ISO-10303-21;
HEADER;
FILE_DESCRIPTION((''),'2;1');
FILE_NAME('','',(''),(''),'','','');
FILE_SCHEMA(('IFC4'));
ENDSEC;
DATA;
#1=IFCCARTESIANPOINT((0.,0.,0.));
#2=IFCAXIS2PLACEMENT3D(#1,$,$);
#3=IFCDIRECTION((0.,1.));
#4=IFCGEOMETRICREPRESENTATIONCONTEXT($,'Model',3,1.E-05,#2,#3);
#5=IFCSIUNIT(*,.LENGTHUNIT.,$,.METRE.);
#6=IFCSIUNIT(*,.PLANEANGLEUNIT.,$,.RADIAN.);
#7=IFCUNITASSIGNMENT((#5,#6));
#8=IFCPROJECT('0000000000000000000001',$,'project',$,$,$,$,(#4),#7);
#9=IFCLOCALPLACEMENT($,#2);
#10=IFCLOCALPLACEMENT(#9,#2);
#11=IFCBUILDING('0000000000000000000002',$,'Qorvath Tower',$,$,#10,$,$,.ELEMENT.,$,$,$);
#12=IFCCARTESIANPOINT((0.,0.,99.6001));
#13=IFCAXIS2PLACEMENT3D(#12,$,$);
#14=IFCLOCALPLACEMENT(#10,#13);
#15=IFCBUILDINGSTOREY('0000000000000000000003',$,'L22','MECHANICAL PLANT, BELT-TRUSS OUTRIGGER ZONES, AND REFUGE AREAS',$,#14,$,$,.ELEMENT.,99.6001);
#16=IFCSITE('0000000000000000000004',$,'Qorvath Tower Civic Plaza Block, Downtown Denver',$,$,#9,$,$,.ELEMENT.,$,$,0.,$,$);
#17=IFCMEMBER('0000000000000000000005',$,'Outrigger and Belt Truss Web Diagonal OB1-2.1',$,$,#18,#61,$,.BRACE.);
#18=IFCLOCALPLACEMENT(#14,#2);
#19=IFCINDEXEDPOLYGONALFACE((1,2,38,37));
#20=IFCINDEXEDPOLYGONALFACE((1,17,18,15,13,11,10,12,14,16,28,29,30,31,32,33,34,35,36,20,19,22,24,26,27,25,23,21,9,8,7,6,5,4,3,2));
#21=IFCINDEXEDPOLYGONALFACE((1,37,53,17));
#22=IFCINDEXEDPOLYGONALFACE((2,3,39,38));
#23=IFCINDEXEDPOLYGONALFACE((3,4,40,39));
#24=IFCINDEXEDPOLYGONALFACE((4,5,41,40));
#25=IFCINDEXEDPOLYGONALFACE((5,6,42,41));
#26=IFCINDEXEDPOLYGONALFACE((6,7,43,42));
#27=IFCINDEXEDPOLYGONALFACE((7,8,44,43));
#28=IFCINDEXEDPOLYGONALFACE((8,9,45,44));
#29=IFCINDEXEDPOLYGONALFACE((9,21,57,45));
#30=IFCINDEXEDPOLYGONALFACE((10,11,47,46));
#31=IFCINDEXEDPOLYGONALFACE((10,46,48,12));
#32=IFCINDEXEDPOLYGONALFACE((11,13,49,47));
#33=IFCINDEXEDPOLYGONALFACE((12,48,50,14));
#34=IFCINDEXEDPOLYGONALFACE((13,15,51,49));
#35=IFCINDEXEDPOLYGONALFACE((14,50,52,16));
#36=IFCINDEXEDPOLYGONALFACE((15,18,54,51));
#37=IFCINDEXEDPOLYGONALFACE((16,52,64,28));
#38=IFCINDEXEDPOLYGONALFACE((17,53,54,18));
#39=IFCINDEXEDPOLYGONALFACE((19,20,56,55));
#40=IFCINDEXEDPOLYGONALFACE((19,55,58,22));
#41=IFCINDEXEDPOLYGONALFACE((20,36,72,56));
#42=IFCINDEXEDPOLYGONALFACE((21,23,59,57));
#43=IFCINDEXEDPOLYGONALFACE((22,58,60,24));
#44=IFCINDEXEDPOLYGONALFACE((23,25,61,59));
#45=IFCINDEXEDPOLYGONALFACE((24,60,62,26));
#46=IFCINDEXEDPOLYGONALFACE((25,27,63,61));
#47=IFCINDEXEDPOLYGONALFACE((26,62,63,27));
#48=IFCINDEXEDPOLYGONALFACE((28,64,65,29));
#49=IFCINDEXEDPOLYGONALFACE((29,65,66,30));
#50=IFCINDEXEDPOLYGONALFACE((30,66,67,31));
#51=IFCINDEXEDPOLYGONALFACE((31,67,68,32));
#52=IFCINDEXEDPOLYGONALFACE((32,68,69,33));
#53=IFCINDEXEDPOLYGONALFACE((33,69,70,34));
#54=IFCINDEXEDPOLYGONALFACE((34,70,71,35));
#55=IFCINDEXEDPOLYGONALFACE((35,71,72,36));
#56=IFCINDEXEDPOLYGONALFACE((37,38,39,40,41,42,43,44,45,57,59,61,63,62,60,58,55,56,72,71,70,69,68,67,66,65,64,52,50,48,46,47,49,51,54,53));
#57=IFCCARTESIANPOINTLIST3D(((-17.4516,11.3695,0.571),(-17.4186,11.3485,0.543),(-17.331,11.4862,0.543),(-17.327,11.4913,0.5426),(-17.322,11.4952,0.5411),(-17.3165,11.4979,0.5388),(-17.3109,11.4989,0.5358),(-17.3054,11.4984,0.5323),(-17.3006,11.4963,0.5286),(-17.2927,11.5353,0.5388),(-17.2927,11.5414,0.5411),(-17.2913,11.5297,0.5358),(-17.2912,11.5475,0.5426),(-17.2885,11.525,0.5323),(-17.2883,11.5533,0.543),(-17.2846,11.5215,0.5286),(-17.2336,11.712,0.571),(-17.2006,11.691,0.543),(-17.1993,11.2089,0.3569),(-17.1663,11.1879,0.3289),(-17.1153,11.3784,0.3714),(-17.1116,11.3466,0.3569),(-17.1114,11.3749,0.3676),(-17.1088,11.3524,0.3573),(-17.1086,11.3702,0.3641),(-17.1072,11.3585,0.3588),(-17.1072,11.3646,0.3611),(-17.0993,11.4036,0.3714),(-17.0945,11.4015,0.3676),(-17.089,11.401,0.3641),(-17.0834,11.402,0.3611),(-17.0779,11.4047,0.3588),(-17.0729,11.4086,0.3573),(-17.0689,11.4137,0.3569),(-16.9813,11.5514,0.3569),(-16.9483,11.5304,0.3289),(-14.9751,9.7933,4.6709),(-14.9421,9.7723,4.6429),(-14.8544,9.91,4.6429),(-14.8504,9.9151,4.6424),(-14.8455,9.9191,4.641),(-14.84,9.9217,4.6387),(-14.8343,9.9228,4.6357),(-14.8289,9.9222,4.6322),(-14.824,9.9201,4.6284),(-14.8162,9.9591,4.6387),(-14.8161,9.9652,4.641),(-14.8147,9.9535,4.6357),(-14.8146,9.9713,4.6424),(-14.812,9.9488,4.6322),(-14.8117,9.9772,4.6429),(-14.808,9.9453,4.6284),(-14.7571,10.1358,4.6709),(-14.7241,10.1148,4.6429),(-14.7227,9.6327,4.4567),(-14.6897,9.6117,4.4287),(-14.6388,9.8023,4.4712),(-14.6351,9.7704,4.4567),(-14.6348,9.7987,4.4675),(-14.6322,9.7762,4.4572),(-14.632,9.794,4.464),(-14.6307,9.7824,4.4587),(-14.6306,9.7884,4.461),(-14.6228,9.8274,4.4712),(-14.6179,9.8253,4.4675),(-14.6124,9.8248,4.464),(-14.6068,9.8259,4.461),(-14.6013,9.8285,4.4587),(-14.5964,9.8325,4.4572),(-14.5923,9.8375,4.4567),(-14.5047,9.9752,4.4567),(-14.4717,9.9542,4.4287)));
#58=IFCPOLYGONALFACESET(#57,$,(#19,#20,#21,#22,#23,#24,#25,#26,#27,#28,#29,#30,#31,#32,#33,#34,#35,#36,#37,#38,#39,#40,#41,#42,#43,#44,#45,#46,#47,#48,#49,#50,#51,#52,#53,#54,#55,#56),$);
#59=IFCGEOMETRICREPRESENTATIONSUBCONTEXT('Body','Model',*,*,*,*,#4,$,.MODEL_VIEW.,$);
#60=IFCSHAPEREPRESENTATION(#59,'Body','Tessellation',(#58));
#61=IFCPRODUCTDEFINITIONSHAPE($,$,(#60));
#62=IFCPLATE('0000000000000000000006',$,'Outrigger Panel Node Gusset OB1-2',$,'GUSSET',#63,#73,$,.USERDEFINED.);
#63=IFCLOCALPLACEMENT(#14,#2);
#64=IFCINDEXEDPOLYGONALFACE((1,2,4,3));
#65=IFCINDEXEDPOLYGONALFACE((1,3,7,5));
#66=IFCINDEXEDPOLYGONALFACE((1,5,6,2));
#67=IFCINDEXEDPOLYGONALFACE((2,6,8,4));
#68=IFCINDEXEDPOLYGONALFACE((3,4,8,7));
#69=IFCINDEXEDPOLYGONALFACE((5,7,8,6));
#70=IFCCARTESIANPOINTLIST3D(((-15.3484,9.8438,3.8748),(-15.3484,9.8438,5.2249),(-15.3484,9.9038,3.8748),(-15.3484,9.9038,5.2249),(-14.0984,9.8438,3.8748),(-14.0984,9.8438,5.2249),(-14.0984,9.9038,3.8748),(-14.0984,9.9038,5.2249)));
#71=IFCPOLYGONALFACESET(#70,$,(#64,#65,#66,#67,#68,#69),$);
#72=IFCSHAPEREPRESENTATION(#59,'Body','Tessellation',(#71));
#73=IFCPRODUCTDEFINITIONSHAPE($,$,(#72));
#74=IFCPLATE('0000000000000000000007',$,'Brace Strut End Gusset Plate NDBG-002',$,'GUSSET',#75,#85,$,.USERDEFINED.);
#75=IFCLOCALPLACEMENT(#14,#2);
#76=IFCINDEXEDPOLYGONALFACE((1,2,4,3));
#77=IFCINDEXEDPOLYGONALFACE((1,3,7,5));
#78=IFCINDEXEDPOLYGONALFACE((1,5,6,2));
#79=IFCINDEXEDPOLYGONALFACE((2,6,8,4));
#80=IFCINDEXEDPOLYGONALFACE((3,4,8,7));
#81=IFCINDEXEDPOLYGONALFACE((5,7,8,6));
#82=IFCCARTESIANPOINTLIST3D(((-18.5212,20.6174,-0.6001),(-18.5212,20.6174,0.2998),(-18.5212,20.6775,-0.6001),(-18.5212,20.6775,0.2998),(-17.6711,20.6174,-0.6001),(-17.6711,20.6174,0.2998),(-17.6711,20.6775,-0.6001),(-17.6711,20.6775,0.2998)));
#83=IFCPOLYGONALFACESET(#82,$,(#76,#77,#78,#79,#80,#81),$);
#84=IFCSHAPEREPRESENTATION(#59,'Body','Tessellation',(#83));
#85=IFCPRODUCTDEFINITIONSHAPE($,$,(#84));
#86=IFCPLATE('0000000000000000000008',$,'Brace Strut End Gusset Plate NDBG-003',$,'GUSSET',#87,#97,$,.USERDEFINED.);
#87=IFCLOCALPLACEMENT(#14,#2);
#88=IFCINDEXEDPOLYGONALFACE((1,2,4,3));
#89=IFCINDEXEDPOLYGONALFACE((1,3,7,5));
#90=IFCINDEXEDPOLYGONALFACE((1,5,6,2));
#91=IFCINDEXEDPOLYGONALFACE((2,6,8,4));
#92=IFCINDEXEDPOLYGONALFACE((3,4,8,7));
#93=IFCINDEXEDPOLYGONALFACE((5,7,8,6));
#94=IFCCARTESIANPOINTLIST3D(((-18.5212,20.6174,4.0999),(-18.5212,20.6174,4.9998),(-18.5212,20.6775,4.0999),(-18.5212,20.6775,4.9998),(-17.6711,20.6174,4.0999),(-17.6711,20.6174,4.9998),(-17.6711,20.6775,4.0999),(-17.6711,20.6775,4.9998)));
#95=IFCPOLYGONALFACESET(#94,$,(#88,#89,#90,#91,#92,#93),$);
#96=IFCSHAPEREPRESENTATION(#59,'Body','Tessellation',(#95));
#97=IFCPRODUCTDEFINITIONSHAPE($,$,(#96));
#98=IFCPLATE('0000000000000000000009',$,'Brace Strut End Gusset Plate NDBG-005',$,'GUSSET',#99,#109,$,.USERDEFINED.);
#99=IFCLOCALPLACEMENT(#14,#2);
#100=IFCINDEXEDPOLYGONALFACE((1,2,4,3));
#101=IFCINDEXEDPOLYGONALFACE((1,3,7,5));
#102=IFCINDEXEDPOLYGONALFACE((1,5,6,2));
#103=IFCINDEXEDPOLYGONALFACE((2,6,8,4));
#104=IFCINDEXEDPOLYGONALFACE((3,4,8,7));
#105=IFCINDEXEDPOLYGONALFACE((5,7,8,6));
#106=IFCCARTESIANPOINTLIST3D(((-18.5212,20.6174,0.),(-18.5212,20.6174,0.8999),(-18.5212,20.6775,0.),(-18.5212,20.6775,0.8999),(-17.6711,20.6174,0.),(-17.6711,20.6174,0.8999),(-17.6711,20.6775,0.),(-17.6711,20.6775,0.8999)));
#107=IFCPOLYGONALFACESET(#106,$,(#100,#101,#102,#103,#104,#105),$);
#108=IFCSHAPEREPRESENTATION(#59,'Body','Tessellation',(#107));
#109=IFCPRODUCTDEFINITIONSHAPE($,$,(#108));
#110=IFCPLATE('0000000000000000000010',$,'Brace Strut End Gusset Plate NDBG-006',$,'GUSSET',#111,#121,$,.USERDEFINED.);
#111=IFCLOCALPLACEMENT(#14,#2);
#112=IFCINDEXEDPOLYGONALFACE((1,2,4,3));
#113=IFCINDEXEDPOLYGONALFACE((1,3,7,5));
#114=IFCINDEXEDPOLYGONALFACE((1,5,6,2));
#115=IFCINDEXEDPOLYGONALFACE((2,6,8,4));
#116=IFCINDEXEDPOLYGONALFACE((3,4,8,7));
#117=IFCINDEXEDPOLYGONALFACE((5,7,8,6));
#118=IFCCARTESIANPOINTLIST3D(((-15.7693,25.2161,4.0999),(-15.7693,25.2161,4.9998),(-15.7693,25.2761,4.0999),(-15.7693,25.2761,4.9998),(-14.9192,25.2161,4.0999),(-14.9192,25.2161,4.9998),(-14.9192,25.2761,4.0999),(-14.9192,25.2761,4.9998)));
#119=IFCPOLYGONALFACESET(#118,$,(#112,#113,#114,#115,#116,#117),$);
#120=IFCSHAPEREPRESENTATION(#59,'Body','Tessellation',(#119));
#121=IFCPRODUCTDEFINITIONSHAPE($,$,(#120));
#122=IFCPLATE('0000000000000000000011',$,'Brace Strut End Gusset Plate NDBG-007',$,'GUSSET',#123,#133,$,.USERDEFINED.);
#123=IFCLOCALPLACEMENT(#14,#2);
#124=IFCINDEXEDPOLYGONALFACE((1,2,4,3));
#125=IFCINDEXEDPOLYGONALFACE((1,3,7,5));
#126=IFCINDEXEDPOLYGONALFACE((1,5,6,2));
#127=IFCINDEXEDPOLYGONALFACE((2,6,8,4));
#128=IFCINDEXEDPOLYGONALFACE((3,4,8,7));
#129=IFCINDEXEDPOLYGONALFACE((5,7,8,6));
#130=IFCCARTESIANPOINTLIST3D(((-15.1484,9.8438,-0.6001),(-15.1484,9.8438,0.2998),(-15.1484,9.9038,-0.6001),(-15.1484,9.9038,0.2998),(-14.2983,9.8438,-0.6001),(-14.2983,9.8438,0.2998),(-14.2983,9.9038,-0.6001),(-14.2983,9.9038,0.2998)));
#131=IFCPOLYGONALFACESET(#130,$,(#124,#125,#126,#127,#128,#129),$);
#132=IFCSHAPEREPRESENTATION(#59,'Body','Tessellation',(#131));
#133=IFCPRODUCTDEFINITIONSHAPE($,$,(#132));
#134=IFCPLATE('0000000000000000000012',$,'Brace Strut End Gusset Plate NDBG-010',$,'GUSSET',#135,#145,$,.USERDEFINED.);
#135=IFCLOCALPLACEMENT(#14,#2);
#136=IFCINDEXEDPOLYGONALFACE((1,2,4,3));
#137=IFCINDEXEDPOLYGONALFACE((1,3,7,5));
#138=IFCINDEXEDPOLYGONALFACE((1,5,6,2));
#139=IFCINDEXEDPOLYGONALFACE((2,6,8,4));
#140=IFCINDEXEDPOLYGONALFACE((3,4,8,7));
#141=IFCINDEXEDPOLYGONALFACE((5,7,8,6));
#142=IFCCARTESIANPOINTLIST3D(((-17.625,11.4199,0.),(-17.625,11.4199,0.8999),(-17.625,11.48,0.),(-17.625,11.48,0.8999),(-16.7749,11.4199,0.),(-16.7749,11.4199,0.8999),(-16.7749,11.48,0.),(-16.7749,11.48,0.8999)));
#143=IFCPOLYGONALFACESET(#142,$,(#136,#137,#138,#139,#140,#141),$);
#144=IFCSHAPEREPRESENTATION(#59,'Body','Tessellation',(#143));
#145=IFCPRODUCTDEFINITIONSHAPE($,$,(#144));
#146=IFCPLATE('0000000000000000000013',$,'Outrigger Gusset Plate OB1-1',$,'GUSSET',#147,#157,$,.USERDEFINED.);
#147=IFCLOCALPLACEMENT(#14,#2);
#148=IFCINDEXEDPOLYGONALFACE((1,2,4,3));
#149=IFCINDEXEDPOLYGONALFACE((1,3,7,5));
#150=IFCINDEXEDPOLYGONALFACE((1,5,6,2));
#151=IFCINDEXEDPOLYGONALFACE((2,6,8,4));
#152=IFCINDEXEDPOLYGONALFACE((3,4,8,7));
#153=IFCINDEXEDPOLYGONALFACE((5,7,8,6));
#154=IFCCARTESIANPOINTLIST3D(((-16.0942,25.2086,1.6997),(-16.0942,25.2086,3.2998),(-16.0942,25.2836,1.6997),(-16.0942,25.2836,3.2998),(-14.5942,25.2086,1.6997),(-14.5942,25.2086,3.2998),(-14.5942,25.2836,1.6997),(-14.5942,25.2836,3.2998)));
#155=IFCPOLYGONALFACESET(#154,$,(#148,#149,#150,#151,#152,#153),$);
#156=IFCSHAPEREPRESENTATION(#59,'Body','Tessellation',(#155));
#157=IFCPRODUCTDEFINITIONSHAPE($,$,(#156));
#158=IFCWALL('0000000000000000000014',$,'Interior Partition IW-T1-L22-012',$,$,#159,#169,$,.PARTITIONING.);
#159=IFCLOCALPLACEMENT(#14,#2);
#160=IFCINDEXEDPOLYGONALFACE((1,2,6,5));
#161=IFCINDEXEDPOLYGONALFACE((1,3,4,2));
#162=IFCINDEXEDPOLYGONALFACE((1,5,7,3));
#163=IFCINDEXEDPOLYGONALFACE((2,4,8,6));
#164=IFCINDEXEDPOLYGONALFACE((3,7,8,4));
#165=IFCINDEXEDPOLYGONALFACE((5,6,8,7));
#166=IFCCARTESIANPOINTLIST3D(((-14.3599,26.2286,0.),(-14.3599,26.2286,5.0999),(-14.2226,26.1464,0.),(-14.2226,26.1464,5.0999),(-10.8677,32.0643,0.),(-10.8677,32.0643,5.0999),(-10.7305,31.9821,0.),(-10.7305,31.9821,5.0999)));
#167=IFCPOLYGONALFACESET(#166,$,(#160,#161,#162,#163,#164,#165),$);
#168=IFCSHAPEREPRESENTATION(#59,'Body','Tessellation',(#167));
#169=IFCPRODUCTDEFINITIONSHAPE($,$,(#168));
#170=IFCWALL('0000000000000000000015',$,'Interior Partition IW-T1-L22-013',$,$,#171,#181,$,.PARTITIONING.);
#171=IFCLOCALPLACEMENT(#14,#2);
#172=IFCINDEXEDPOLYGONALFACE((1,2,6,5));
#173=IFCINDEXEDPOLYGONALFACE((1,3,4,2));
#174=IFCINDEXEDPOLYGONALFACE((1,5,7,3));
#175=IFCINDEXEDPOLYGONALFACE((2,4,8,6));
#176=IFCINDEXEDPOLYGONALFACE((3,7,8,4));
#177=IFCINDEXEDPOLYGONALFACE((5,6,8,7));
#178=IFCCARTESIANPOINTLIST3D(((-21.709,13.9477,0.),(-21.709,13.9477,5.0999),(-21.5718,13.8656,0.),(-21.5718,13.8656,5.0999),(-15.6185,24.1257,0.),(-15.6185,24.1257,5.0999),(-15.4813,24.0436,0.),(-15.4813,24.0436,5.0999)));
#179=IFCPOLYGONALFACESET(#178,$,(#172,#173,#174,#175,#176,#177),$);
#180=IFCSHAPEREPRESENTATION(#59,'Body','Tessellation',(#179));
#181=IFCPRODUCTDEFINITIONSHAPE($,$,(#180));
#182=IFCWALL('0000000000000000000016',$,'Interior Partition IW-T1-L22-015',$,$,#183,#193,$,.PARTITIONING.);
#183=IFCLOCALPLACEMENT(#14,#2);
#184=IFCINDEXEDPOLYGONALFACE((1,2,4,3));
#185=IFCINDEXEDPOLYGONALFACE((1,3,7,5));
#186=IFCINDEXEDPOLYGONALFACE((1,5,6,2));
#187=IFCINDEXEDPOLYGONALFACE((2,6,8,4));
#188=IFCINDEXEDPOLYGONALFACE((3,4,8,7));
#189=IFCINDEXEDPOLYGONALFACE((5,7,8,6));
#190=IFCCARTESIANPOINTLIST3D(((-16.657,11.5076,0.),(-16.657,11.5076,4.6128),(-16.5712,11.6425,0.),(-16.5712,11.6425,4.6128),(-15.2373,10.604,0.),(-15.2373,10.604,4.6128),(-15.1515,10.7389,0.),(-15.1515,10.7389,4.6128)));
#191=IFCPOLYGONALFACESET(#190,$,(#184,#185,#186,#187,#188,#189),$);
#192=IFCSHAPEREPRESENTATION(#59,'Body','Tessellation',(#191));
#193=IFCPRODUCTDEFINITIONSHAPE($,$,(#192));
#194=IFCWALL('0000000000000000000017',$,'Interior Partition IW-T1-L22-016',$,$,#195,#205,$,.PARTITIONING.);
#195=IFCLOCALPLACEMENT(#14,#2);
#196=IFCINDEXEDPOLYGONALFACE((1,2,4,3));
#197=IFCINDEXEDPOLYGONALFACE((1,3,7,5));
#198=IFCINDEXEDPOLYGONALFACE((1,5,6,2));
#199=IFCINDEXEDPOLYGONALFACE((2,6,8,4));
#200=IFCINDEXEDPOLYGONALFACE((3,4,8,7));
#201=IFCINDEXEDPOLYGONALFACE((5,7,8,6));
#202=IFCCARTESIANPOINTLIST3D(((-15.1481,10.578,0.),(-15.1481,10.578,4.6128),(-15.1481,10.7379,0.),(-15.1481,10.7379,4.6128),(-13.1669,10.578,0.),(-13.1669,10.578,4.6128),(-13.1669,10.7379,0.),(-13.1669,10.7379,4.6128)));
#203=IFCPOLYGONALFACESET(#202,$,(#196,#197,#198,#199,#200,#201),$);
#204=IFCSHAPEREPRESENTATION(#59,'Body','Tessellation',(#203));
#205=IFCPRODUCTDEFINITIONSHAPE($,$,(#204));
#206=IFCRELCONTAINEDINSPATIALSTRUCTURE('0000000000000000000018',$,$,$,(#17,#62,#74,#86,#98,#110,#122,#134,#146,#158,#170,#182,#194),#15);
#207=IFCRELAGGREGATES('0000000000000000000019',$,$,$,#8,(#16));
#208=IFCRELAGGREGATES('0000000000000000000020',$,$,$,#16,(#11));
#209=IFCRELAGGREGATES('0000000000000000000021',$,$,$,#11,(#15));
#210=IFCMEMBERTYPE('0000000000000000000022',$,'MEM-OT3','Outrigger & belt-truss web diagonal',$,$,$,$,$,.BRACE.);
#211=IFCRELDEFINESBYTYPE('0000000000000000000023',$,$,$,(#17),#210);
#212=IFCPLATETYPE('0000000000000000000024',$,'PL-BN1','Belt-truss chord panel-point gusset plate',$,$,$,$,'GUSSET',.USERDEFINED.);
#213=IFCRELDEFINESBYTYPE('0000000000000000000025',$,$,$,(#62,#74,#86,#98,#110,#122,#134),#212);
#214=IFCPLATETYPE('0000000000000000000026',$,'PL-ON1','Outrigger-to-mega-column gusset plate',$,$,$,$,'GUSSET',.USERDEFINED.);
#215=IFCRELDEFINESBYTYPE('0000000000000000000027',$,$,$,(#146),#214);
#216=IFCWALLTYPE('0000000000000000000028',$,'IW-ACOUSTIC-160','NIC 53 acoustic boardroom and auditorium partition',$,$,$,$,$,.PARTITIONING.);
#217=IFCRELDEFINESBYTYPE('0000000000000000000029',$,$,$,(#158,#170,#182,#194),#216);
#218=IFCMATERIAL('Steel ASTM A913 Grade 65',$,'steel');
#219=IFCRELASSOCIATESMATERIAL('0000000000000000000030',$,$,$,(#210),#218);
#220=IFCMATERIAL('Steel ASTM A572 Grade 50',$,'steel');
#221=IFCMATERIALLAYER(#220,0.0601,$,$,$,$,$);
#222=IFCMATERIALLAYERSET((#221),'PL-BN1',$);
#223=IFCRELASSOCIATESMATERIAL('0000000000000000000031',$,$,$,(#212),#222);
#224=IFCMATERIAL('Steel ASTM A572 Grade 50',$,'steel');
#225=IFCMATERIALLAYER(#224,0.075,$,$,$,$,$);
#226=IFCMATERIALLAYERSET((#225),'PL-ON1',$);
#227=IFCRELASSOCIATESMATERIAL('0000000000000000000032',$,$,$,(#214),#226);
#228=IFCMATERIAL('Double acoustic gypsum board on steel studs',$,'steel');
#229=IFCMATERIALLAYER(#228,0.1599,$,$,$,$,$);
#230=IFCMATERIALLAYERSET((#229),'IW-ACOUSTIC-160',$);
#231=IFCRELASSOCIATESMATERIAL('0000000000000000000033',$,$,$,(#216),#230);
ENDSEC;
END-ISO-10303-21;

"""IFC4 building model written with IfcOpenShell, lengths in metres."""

from ifc_helpers import new_model, si_unit, direction, frame, frame_2d, origin, origin_2d, place, context, subcontext, project, spatial, rectangle, i_section, extrude, material, layer, layer_set, material_profile, profile_set, type_object, element, save


model = new_model("IFC4")

# Units and contexts
model_context = context("Model", 3, precision=1e-05, world=origin(), true_north=direction((0.0, 1.0)))
body_context = subcontext(model_context, "Body", "Model", "MODEL_VIEW")
ifc_project = project(units=[si_unit("LENGTHUNIT", "METRE"), si_unit("PLANEANGLEUNIT", "RADIAN")], contexts=[model_context])

# Site, building, storey
site_placement = place(None, origin())
site = spatial("IfcSite", under=ifc_project, at=site_placement, Name="Qorvath Tower Civic Plaza Block, Downtown Denver", CompositionType="ELEMENT", RefElevation=0.0)
building_placement = place(site_placement, origin())
building = spatial("IfcBuilding", under=site, at=building_placement, Name="Qorvath Tower", CompositionType="ELEMENT")
storey_placement = place(building_placement, frame((0.0, 0.0, 99.6001)))
storey = spatial("IfcBuildingStorey", under=building, at=storey_placement, Name="L22", Description="MECHANICAL PLANT, BELT-TRUSS OUTRIGGER ZONES, AND REFUGE AREAS", CompositionType="ELEMENT", Elevation=99.6001)

# Member
ifc_material_1 = material(Name="Steel ASTM A913 Grade 65", Category="steel")
ifc_material_profile_1 = material_profile(ifc_material_1, i_section(OverallWidth=0.406, OverallDepth=0.416, WebThickness=0.0298, FlangeThickness=0.0481, FilletRadius=0.0249, at=origin_2d()), Name="W14x257")
ifc_profile_set_1 = profile_set([ifc_material_profile_1], Name="Steel ASTM A913 Grade 65")
member_type_1 = type_object("IfcMemberType", Name="MEM-OT3", Description="Outrigger & belt-truss web diagonal", PredefinedType="BRACE", material=ifc_profile_set_1)
member_1_placement = place(storey_placement, frame((-17.2, 11.45, 0.45), z_axis=(0.491141, -0.312579, 0.813065), x_axis=(0.536919, 0.843634, 0.0)))
element("IfcMember", 1, at=member_1_placement, inside=storey, type_object=member_type_1, Name="Outrigger and Belt Truss Web Diagonal OB1-2.1", PredefinedType="BRACE", context=body_context, shape_type="SweptSolid", body=[
    extrude(i_section(OverallWidth=0.406, OverallDepth=0.416, WebThickness=0.0298, FlangeThickness=0.0481, FilletRadius=0.0249, at=origin_2d()), origin(), (0.0, 0.0, 1.0), 5.0425),
])

# Plates
ifc_material_2 = material(Name="Steel ASTM A572 Grade 50", Category="steel")
ifc_layer_1 = layer(ifc_material_2, 0.0601)
ifc_layer_set_1 = layer_set([ifc_layer_1], Name="PL-BN1")
plate_type_1 = type_object("IfcPlateType", Name="PL-BN1", Description="Belt-truss chord panel-point gusset plate", ElementType="GUSSET", PredefinedType="USERDEFINED", material=ifc_layer_set_1)
plate_1_placement = place(storey_placement, frame((-14.7234, 9.8738, 3.8748), z_axis=(0.0, 0.0, 1.0), x_axis=(1.0, 0.0, 0.0)))
element("IfcPlate", 2, at=plate_1_placement, inside=storey, type_object=plate_type_1, Name="Outrigger Panel Node Gusset OB1-2", ObjectType="GUSSET", PredefinedType="USERDEFINED", context=body_context, shape_type="SweptSolid", body=[
    extrude(rectangle(XDim=1.25, YDim=0.0601, at=origin_2d()), origin(), (0.0, 0.0, 1.0), 1.3501),
])
for number, where, z_axis, x_axis, name in (
    (3, (-18.0962, 20.6475, -0.6001), (0.0, 0.0, 1.0), (1.0, 0.0, 0.0), "Brace Strut End Gusset Plate NDBG-002"),
    (4, (-18.0962, 20.6475, 4.0999), (0.0, 0.0, 1.0), (1.0, 0.0, 0.0), "Brace Strut End Gusset Plate NDBG-003"),
    (5, (-18.0962, 20.6475, 0.0), (0.0, 0.0, 1.0), (1.0, 0.0, 0.0), "Brace Strut End Gusset Plate NDBG-005"),
    (6, (-15.3442, 25.2461, 4.0999), (0.0, 0.0, 1.0), (1.0, 0.0, 0.0), "Brace Strut End Gusset Plate NDBG-006"),
    (7, (-14.7234, 9.8738, -0.6001), (0.0, 0.0, 1.0), (1.0, 0.0, 0.0), "Brace Strut End Gusset Plate NDBG-007"),
    (8, (-17.2, 11.45, 0.0), (0.0, 0.0, 1.0), (1.0, 0.0, 0.0), "Brace Strut End Gusset Plate NDBG-010"),
):
    element("IfcPlate", number, at=place(storey_placement, frame(where, z_axis=z_axis, x_axis=x_axis)), inside=storey, type_object=plate_type_1, Name=name, ObjectType="GUSSET", PredefinedType="USERDEFINED", context=body_context, shape_type="SweptSolid", body=[
        extrude(rectangle(XDim=0.8501, YDim=0.0601, at=origin_2d()), origin(), (0.0, 0.0, 1.0), 0.8999),
    ])
ifc_material_3 = material(Name="Steel ASTM A572 Grade 50", Category="steel")
ifc_layer_2 = layer(ifc_material_3, 0.075)
ifc_layer_set_2 = layer_set([ifc_layer_2], Name="PL-ON1")
plate_type_2 = type_object("IfcPlateType", Name="PL-ON1", Description="Outrigger-to-mega-column gusset plate", ElementType="GUSSET", PredefinedType="USERDEFINED", material=ifc_layer_set_2)
plate_2_placement = place(storey_placement, frame((-15.3442, 25.2461, 1.6997), z_axis=(0.0, 0.0, 1.0), x_axis=(1.0, 0.0, 0.0)))
element("IfcPlate", 9, at=plate_2_placement, inside=storey, type_object=plate_type_2, Name="Outrigger Gusset Plate OB1-1", ObjectType="GUSSET", PredefinedType="USERDEFINED", context=body_context, shape_type="SweptSolid", body=[
    extrude(rectangle(XDim=1.5, YDim=0.075, at=origin_2d()), origin(), (0.0, 0.0, 1.0), 1.6001),
])

# Walls
ifc_material_4 = material(Name="Double acoustic gypsum board on steel studs", Category="steel")
ifc_layer_3 = layer(ifc_material_4, 0.1599)
ifc_layer_set_3 = layer_set([ifc_layer_3], Name="IW-ACOUSTIC-160")
wall_type_1 = type_object("IfcWallType", Name="IW-ACOUSTIC-160", Description="NIC 53 acoustic boardroom and auditorium partition", PredefinedType="PARTITIONING", material=ifc_layer_set_3)
wall_1_placement = place(storey_placement, frame((-10.7991, 32.0232, 0.0), z_axis=(0.0, 0.0, 1.0), x_axis=(-0.513498, -0.858091, 0.0)))
element("IfcWall", 10, at=wall_1_placement, inside=storey, type_object=wall_type_1, Name="Interior Partition IW-T1-L22-012", PredefinedType="PARTITIONING", context=body_context, shape_type="SweptSolid", body=[
    extrude(rectangle(XDim=6.8008, YDim=0.1599, at=frame_2d((3.4004, 0.0))), origin(), (0.0, 0.0, 1.0), 5.0999),
])
wall_2_placement = place(storey_placement, frame((-15.5498, 24.0847, 0.0), z_axis=(0.0, 0.0, 1.0), x_axis=(-0.51349, -0.858095, 0.0)))
element("IfcWall", 11, at=wall_2_placement, inside=storey, type_object=wall_type_1, Name="Interior Partition IW-T1-L22-013", PredefinedType="PARTITIONING", context=body_context, shape_type="SweptSolid", body=[
    extrude(rectangle(XDim=11.8611, YDim=0.1599, at=frame_2d((5.9307, 0.0))), origin(), (0.0, 0.0, 1.0), 5.0999),
])
wall_3_placement = place(storey_placement, frame((-16.614, 11.575, 0.0), z_axis=(0.0, 0.0, 1.0), x_axis=(0.843626, -0.536932, 0.0)))
element("IfcWall", 12, at=wall_3_placement, inside=storey, type_object=wall_type_1, Name="Interior Partition IW-T1-L22-015", PredefinedType="PARTITIONING", context=body_context, shape_type="SweptSolid", body=[
    extrude(rectangle(XDim=1.6829, YDim=0.1599, at=frame_2d((0.8413, 0.0))), origin(), (0.0, 0.0, 1.0), 4.6128),
])
wall_4_placement = place(storey_placement, frame((-15.1482, 10.658, 0.0), z_axis=(0.0, 0.0, 1.0), x_axis=(1.0, 0.0, 0.0)))
element("IfcWall", 13, at=wall_4_placement, inside=storey, type_object=wall_type_1, Name="Interior Partition IW-T1-L22-016", PredefinedType="PARTITIONING", context=body_context, shape_type="SweptSolid", body=[
    extrude(rectangle(XDim=1.9812, YDim=0.1599, at=frame_2d((0.9907, 0.0))), origin(), (0.0, 0.0, 1.0), 4.6128),
])

save(model, "model.ifc")
